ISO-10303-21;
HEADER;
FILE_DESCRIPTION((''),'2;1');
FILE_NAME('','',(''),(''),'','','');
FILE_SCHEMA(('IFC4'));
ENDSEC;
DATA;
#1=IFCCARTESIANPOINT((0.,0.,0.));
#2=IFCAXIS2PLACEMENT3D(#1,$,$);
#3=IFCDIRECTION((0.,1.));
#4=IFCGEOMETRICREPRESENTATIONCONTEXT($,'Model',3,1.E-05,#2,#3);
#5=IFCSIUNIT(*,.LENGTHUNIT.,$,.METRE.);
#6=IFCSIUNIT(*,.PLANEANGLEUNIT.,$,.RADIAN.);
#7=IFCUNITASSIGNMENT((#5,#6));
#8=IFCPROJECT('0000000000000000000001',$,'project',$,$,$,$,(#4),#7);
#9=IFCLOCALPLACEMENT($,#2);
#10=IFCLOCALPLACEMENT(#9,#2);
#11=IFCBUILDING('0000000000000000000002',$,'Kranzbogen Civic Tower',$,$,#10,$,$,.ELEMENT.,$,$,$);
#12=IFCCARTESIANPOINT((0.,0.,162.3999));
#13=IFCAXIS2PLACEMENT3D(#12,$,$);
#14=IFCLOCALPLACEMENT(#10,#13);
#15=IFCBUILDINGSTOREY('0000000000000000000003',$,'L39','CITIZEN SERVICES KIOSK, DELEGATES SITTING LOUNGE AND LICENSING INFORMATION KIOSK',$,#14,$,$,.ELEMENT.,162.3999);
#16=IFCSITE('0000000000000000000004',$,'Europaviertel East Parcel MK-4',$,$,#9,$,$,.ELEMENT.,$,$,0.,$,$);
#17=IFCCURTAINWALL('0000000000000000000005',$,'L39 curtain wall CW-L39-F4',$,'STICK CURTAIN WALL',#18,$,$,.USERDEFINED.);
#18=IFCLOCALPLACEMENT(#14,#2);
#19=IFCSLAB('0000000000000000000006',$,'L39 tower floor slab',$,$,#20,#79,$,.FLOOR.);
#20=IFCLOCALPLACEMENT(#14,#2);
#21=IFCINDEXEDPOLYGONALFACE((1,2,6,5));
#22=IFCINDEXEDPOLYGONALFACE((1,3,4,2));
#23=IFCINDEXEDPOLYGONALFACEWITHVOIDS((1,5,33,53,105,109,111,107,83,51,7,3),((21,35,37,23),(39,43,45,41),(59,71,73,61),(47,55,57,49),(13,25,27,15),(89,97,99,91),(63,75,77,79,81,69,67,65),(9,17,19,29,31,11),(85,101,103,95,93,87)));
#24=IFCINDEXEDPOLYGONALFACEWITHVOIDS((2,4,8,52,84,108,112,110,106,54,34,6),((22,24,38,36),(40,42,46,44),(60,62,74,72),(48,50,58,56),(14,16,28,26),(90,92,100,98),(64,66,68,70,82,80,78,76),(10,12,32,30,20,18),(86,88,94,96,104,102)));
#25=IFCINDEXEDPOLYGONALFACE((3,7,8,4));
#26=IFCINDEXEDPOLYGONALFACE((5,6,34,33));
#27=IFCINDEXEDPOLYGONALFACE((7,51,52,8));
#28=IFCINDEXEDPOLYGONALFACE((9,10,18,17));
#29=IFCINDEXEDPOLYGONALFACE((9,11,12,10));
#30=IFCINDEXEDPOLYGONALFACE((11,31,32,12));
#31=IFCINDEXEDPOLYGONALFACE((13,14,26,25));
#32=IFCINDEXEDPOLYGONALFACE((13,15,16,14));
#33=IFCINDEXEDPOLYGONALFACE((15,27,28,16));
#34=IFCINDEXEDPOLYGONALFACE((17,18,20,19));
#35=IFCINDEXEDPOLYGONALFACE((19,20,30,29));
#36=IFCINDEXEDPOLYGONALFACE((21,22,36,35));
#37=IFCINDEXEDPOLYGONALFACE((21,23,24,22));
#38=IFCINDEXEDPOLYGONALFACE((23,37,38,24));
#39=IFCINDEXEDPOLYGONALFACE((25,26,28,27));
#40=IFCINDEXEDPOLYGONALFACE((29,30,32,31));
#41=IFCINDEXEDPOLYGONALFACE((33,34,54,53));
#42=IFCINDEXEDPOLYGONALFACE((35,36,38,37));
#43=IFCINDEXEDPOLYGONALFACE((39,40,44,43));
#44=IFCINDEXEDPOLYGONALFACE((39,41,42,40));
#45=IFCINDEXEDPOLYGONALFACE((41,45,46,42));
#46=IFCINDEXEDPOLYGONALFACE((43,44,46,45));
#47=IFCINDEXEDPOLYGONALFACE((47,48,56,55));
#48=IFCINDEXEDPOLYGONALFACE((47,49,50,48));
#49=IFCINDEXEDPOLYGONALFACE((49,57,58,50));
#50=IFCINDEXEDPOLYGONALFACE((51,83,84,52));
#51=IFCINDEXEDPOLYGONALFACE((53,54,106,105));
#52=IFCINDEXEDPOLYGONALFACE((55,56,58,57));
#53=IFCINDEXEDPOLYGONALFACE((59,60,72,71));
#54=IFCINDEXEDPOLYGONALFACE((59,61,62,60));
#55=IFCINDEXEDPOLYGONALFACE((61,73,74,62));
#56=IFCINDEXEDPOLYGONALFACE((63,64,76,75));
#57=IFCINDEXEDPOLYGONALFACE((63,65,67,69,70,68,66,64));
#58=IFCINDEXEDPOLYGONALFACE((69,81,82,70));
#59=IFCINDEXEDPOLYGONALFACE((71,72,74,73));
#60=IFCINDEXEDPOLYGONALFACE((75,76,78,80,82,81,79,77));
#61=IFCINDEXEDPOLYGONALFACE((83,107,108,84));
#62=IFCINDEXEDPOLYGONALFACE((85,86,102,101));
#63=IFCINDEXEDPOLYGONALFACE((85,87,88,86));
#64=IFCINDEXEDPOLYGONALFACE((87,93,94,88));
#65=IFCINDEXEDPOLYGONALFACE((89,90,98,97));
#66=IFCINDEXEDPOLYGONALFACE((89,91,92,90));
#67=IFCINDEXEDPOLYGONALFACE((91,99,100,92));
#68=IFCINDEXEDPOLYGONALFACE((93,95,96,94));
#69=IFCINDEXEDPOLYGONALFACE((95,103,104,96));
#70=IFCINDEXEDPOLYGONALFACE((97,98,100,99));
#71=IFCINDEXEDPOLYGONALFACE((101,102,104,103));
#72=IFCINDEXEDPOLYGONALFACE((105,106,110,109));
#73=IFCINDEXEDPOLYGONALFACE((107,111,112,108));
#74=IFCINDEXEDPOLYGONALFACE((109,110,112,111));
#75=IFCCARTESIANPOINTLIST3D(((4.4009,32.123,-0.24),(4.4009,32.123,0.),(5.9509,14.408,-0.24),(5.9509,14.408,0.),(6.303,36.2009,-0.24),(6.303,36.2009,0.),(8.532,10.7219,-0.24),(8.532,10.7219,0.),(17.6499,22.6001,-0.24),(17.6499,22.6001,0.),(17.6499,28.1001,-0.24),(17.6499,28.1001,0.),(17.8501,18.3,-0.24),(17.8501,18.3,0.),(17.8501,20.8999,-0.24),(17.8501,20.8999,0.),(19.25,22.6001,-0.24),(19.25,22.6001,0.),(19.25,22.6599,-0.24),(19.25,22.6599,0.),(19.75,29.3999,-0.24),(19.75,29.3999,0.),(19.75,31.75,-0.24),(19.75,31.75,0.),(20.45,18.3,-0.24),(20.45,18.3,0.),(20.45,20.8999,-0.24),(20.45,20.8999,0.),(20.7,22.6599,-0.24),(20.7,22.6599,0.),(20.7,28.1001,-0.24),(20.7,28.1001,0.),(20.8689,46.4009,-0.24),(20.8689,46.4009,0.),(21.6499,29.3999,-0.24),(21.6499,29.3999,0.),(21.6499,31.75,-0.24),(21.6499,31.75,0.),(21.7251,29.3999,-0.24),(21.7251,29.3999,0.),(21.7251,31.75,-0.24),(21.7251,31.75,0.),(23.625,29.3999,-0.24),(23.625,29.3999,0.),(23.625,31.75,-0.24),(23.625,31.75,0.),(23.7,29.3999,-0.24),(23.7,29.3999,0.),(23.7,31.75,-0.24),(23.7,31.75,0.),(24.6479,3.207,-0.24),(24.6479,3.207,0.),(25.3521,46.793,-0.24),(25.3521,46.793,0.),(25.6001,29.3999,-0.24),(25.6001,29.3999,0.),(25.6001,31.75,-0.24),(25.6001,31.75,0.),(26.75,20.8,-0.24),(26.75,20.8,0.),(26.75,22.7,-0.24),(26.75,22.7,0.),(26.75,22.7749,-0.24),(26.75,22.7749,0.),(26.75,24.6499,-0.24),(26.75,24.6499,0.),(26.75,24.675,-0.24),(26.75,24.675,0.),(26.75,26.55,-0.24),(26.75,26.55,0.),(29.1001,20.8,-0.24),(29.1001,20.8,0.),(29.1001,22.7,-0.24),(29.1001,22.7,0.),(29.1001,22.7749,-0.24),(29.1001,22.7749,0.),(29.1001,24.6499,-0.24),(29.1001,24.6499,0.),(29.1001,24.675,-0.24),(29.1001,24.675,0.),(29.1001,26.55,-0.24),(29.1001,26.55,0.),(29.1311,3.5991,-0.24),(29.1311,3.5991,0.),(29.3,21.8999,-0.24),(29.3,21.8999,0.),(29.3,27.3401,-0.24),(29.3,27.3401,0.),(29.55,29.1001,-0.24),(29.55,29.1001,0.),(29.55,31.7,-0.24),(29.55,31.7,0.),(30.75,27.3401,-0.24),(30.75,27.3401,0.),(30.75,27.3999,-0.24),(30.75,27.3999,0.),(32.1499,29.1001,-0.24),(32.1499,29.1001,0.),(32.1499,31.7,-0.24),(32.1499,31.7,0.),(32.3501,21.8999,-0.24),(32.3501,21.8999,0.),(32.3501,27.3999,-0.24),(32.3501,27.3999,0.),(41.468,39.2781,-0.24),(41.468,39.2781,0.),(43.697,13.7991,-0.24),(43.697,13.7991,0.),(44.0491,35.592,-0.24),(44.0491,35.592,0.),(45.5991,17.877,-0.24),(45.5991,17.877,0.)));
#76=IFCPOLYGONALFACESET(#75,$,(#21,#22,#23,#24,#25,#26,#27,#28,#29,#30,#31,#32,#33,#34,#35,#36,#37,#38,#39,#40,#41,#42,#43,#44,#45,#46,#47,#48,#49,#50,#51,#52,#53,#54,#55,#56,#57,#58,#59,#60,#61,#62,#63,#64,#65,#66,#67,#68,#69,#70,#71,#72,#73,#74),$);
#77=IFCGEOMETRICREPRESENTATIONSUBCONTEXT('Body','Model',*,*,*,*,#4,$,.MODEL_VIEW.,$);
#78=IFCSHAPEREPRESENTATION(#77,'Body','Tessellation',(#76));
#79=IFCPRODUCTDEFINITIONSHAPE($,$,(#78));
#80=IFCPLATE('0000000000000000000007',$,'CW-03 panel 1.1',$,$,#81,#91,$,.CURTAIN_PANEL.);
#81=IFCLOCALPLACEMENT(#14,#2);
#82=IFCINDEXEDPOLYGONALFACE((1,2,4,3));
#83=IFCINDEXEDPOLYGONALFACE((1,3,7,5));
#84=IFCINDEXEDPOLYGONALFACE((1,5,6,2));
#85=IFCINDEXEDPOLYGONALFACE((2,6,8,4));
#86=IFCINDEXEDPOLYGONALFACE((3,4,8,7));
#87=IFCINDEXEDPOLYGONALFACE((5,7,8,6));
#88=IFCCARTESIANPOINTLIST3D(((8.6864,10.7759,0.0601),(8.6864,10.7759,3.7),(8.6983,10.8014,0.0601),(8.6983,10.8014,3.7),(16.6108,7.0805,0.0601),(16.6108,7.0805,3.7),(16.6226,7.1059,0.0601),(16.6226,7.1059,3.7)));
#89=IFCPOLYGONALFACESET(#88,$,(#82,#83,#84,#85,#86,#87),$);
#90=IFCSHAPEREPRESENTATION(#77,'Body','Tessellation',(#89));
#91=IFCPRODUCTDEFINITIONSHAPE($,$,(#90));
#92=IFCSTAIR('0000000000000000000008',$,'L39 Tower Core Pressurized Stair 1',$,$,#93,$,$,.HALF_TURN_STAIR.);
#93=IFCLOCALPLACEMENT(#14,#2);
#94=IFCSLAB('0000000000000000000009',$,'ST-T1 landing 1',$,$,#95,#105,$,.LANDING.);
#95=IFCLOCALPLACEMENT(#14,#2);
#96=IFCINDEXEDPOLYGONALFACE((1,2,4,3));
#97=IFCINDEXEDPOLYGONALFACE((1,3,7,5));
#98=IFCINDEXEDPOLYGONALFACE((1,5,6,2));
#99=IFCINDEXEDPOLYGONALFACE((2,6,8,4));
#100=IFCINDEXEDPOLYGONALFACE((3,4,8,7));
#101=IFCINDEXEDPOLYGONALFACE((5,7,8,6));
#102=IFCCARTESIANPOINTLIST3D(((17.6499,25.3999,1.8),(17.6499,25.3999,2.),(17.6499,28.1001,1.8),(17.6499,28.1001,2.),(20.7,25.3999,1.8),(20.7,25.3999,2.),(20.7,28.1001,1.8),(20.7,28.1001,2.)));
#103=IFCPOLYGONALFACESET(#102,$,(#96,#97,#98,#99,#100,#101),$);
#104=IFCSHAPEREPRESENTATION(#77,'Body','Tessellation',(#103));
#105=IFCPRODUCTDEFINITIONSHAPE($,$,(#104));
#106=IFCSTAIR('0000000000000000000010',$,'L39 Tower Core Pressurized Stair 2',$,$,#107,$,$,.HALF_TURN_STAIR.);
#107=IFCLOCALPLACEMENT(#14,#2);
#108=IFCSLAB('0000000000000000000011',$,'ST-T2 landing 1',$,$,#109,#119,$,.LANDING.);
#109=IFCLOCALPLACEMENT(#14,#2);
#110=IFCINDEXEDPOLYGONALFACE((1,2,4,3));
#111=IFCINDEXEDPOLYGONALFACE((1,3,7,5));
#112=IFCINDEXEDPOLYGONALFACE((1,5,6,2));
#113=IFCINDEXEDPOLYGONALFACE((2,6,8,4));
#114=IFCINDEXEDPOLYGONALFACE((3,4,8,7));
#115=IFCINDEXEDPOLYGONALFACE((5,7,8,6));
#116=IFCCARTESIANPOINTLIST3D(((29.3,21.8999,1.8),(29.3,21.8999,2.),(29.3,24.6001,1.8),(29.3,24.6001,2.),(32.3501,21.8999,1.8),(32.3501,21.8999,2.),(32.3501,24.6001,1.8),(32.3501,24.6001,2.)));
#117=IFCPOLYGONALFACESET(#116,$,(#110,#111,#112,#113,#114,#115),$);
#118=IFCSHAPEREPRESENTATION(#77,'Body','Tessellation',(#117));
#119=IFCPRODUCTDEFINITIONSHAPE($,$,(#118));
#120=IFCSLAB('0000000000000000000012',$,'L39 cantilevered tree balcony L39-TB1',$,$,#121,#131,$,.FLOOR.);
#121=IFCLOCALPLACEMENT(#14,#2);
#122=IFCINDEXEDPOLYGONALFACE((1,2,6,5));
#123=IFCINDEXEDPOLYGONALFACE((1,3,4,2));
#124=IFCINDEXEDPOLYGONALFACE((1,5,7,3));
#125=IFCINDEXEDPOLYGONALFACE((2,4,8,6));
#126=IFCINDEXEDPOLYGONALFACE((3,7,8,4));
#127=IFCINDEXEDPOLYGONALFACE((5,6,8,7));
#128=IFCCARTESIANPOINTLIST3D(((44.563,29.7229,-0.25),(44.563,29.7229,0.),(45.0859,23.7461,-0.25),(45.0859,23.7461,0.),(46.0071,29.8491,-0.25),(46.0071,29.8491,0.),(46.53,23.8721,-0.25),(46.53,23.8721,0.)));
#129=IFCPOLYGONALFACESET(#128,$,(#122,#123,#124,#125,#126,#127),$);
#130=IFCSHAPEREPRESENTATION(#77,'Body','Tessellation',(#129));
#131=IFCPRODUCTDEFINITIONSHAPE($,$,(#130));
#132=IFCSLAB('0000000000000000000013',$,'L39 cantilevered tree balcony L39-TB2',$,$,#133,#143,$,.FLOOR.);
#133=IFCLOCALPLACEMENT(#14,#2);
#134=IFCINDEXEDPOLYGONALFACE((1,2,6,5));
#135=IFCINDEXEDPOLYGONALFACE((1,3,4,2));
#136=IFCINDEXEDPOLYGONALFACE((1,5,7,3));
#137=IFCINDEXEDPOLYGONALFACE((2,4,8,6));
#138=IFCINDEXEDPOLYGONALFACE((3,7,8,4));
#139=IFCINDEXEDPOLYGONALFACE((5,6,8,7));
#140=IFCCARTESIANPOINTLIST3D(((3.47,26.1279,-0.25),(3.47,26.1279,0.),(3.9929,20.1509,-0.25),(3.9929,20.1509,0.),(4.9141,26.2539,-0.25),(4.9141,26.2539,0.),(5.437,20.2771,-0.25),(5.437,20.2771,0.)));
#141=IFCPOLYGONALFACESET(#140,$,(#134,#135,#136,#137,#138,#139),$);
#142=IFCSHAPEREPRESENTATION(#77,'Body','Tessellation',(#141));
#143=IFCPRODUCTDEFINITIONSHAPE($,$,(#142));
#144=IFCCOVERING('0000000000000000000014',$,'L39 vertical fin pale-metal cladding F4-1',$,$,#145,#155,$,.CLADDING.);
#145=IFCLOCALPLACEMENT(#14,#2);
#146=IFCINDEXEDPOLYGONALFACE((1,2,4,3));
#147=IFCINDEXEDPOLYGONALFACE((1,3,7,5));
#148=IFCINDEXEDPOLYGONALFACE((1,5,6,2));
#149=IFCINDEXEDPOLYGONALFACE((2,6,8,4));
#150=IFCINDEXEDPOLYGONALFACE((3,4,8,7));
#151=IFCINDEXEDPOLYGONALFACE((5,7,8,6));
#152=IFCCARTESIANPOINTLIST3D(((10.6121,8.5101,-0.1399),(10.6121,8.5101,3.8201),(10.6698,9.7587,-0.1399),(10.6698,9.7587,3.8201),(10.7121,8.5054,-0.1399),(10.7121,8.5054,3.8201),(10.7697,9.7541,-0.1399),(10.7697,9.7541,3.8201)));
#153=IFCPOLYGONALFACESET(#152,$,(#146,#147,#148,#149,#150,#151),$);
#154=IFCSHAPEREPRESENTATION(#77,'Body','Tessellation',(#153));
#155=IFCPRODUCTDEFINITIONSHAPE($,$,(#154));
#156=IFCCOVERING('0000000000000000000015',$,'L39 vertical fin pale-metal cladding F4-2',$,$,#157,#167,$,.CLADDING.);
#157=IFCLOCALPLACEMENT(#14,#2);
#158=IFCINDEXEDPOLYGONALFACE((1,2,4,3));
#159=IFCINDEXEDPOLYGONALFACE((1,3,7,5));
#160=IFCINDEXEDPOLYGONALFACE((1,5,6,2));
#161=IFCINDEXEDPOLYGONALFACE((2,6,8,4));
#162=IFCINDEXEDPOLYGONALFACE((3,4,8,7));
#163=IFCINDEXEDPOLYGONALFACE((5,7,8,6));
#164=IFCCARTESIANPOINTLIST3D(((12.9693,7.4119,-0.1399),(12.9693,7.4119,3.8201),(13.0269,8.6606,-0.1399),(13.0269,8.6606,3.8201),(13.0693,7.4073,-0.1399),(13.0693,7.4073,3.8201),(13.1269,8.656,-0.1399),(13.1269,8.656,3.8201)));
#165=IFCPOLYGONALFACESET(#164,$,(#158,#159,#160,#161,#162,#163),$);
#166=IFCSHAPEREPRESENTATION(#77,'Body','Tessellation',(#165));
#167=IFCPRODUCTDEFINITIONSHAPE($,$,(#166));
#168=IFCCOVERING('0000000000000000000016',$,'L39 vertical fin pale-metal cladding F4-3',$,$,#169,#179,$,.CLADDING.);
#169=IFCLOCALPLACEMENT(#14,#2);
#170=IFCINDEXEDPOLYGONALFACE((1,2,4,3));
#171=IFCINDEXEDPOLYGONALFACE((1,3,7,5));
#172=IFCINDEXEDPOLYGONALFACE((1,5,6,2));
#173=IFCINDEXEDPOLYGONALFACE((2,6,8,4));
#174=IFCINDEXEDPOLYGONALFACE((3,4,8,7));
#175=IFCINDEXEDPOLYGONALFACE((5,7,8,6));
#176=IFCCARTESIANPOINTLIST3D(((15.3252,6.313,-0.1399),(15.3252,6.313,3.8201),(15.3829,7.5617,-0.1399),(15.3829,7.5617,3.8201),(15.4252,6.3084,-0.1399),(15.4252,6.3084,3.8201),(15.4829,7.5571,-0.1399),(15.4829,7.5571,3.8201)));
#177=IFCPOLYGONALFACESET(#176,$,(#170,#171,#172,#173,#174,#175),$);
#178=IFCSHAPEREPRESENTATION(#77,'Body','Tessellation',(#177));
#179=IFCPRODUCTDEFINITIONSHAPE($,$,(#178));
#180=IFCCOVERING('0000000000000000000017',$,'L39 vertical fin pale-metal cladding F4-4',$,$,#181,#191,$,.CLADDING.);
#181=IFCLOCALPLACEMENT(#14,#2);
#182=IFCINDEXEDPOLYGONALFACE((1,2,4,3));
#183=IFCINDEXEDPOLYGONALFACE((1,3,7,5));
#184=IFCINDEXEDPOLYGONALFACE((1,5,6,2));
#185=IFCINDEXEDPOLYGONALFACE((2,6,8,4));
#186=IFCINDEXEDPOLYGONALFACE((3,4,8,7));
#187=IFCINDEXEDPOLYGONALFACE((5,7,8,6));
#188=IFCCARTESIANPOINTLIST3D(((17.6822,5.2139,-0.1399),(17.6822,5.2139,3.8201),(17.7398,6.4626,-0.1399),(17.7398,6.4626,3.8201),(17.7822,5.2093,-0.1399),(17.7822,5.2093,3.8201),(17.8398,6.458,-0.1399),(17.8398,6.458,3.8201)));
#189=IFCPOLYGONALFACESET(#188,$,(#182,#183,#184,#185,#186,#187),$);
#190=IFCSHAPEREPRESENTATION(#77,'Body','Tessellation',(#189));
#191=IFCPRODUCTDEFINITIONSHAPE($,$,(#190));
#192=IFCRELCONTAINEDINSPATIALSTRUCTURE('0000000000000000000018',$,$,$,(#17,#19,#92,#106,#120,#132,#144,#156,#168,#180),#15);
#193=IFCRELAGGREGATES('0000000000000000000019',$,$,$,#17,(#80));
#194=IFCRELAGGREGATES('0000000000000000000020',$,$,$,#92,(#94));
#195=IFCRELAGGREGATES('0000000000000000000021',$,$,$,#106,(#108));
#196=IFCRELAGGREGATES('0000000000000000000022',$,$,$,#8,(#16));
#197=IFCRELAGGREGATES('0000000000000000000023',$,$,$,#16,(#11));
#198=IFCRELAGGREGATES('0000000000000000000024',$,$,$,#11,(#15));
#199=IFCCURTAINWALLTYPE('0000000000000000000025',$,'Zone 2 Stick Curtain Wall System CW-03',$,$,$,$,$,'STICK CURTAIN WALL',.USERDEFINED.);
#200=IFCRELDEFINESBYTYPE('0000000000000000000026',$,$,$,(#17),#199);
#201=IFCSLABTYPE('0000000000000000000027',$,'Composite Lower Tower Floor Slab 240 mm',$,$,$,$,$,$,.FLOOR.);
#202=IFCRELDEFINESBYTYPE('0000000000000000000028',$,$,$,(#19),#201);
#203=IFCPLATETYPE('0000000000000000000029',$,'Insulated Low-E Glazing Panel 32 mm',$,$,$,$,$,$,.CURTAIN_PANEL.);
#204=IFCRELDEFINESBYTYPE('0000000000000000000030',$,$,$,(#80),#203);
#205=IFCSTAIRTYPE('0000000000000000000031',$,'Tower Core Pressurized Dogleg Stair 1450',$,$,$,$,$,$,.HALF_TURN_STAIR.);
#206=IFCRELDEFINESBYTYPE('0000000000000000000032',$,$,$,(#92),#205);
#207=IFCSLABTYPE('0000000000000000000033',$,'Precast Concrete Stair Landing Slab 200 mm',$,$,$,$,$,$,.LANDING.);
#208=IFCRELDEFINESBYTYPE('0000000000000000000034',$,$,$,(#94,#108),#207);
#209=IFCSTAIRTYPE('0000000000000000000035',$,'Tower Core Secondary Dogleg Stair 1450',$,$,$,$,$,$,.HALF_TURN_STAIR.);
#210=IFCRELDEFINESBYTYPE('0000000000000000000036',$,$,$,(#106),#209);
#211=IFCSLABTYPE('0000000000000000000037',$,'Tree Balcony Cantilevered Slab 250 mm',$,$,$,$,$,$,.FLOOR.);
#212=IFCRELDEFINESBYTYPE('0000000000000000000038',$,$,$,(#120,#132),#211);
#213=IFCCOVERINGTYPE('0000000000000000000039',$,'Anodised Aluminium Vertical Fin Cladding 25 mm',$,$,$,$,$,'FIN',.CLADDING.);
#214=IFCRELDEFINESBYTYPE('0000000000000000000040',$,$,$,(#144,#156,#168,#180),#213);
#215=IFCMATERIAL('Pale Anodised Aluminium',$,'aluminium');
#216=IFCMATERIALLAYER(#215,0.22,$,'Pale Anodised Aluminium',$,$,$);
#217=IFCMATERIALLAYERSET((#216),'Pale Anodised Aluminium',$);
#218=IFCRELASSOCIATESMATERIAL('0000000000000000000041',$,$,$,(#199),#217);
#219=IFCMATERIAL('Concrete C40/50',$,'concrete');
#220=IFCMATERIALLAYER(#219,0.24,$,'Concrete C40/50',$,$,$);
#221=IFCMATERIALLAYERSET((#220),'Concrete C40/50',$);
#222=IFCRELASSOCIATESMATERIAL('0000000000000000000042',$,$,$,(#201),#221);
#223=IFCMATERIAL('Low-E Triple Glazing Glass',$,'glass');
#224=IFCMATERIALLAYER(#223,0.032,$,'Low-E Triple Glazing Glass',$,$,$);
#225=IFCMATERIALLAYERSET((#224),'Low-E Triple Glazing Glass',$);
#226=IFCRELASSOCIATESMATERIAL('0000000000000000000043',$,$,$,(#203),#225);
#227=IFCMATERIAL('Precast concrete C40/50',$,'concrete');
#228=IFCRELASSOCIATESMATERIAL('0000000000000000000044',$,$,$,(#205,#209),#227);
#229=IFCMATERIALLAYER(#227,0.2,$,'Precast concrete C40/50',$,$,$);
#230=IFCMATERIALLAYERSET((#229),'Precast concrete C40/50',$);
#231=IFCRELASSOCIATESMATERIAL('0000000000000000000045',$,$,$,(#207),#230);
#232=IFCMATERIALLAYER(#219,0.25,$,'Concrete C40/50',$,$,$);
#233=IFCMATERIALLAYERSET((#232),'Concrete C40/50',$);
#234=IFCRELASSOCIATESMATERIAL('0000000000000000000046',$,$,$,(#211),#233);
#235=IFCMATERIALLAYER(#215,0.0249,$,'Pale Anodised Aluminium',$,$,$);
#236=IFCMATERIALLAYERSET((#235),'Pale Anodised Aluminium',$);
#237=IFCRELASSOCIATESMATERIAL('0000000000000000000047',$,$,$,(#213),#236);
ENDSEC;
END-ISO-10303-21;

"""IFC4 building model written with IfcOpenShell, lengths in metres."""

from ifc_helpers import new_model, si_unit, direction, frame, origin, origin_2d, place, context, subcontext, project, spatial, polyline, rectangle, outline, extrude, material, layer, layer_set, type_object, element, aggregate, save


model = new_model("IFC4")

# Units and contexts
model_context = context("Model", 3, precision=1e-05, world=origin(), true_north=direction((0.0, 1.0)))
body_context = subcontext(model_context, "Body", "Model", "MODEL_VIEW")
ifc_project = project(units=[si_unit("LENGTHUNIT", "METRE"), si_unit("PLANEANGLEUNIT", "RADIAN")], contexts=[model_context])

# Site, building, storey
site_placement = place(None, origin())
site = spatial("IfcSite", under=ifc_project, at=site_placement, Name="Europaviertel East Parcel MK-4", CompositionType="ELEMENT", RefElevation=0.0)
building_placement = place(site_placement, origin())
building = spatial("IfcBuilding", under=site, at=building_placement, Name="Kranzbogen Civic Tower", CompositionType="ELEMENT")
storey_placement = place(building_placement, frame((0.0, 0.0, 162.3999)))
storey = spatial("IfcBuildingStorey", under=building, at=storey_placement, Name="L39", Description="CITIZEN SERVICES KIOSK, DELEGATES SITTING LOUNGE AND LICENSING INFORMATION KIOSK", CompositionType="ELEMENT", Elevation=162.3999)

# Curtain wall
ifc_material_1 = material(Name="Pale Anodised Aluminium", Category="aluminium")
ifc_layer_1 = layer(ifc_material_1, 0.22, Name="Pale Anodised Aluminium")
ifc_layer_set_1 = layer_set([ifc_layer_1], Name="Pale Anodised Aluminium")
curtain_wall_type = type_object("IfcCurtainWallType", Name="Zone 2 Stick Curtain Wall System CW-03", ElementType="STICK CURTAIN WALL", PredefinedType="USERDEFINED", material=ifc_layer_set_1)
curtain_wall_placement = place(storey_placement, origin())
curtain_wall = element("IfcCurtainWall", 1, at=curtain_wall_placement, inside=storey, type_object=curtain_wall_type, Name="L39 curtain wall CW-L39-F4", ObjectType="STICK CURTAIN WALL", PredefinedType="USERDEFINED")

# Slab
ifc_material_2 = material(Name="Concrete C40/50", Category="concrete")
ifc_layer_2 = layer(ifc_material_2, 0.24, Name="Concrete C40/50")
ifc_layer_set_2 = layer_set([ifc_layer_2], Name="Concrete C40/50")
slab_type_1 = type_object("IfcSlabType", Name="Composite Lower Tower Floor Slab 240 mm", PredefinedType="FLOOR", material=ifc_layer_set_2)
slab_1_placement = place(storey_placement, frame((0.0, 0.0, -0.24)))
element("IfcSlab", 2, at=slab_1_placement, inside=storey, type_object=slab_type_1, Name="L39 tower floor slab", PredefinedType="FLOOR", context=body_context, shape_type="SweptSolid", body=[
    extrude(outline(polyline([(41.468, 39.2781), (25.3521, 46.793), (20.8689, 46.4009), (6.303, 36.2009), (4.4009, 32.123), (5.9509, 14.408), (8.532, 10.7219), (24.6479, 3.207), (29.1311, 3.5991), (43.697, 13.7991), (45.5991, 17.877), (44.0491, 35.592), (41.468, 39.2781)]), holes=[polyline([(20.45, 20.8999), (20.45, 18.3), (17.8501, 18.3), (17.8501, 20.8999), (20.45, 20.8999)]), polyline([(29.1001, 22.7), (29.1001, 20.8), (26.75, 20.8), (26.75, 22.7), (29.1001, 22.7)]), polyline([(29.1001, 24.6499), (29.1001, 22.7749), (26.75, 22.7749), (26.75, 24.6499), (26.75, 24.675), (26.75, 26.55), (29.1001, 26.55), (29.1001, 24.675), (29.1001, 24.6499)]), polyline([(30.75, 27.3401), (30.75, 27.3999), (32.3501, 27.3999), (32.3501, 21.8999), (29.3, 21.8999), (29.3, 27.3401), (30.75, 27.3401)]), polyline([(19.25, 22.6599), (19.25, 22.6001), (17.6499, 22.6001), (17.6499, 28.1001), (20.7, 28.1001), (20.7, 22.6599), (19.25, 22.6599)]), polyline([(32.1499, 31.7), (32.1499, 29.1001), (29.55, 29.1001), (29.55, 31.7), (32.1499, 31.7)]), polyline([(21.6499, 31.75), (21.6499, 29.3999), (19.75, 29.3999), (19.75, 31.75), (21.6499, 31.75)]), polyline([(23.625, 29.3999), (21.7251, 29.3999), (21.7251, 31.75), (23.625, 31.75), (23.625, 29.3999)]), polyline([(25.6001, 29.3999), (23.7, 29.3999), (23.7, 31.75), (25.6001, 31.75), (25.6001, 29.3999)])]), origin(), (0.0, 0.0, 1.0), 0.24),
])

# Plate
ifc_material_3 = material(Name="Low-E Triple Glazing Glass", Category="glass")
ifc_layer_3 = layer(ifc_material_3, 0.032, Name="Low-E Triple Glazing Glass")
ifc_layer_set_3 = layer_set([ifc_layer_3], Name="Low-E Triple Glazing Glass")
plate_type = type_object("IfcPlateType", Name="Insulated Low-E Glazing Panel 32 mm", PredefinedType="CURTAIN_PANEL", material=ifc_layer_set_3)
plate_placement = place(storey_placement, frame((12.6545, 8.9409, 0.0601), z_axis=(0.0, 0.0, 1.0), x_axis=(0.906297, -0.422641, 0.0)))
plate = element("IfcPlate", 3, at=plate_placement, type_object=plate_type, Name="CW-03 panel 1.1", PredefinedType="CURTAIN_PANEL", context=body_context, shape_type="SweptSolid", body=[
    extrude(rectangle(XDim=8.7437, YDim=0.0281, at=origin_2d()), origin(), (0.0, 0.0, 1.0), 3.6399),
])
aggregate(curtain_wall, [plate])

# Stairs, slabs
ifc_material_4 = material(Name="Precast concrete C40/50", Category="concrete")
stair_type_1 = type_object("IfcStairType", Name="Tower Core Pressurized Dogleg Stair 1450", PredefinedType="HALF_TURN_STAIR", material=ifc_material_4)
stair_1_placement = place(storey_placement, origin())
stair_1 = element("IfcStair", 4, at=stair_1_placement, inside=storey, type_object=stair_type_1, Name="L39 Tower Core Pressurized Stair 1", PredefinedType="HALF_TURN_STAIR")
ifc_layer_4 = layer(ifc_material_4, 0.2, Name="Precast concrete C40/50")
ifc_layer_set_4 = layer_set([ifc_layer_4], Name="Precast concrete C40/50")
slab_type_2 = type_object("IfcSlabType", Name="Precast Concrete Stair Landing Slab 200 mm", PredefinedType="LANDING", material=ifc_layer_set_4)
slab_2_placement = place(storey_placement, frame((0.0, 0.0, 1.8)))
slab_2 = element("IfcSlab", 5, at=slab_2_placement, type_object=slab_type_2, Name="ST-T1 landing 1", PredefinedType="LANDING", context=body_context, shape_type="SweptSolid", body=[
    extrude(outline(polyline([(20.7, 25.3999), (20.7, 28.1001), (17.6499, 28.1001), (17.6499, 25.3999), (20.7, 25.3999)])), origin(), (0.0, 0.0, 1.0), 0.2),
])
aggregate(stair_1, [slab_2])
stair_type_2 = type_object("IfcStairType", Name="Tower Core Secondary Dogleg Stair 1450", PredefinedType="HALF_TURN_STAIR", material=ifc_material_4)
stair_2_placement = place(storey_placement, origin())
stair_2 = element("IfcStair", 6, at=stair_2_placement, inside=storey, type_object=stair_type_2, Name="L39 Tower Core Pressurized Stair 2", PredefinedType="HALF_TURN_STAIR")
slab_3_placement = place(storey_placement, frame((0.0, 0.0, 1.8)))
slab_3 = element("IfcSlab", 7, at=slab_3_placement, type_object=slab_type_2, Name="ST-T2 landing 1", PredefinedType="LANDING", context=body_context, shape_type="SweptSolid", body=[
    extrude(outline(polyline([(29.3, 24.6001), (29.3, 21.8999), (32.3501, 21.8999), (32.3501, 24.6001), (29.3, 24.6001)])), origin(), (0.0, 0.0, 1.0), 0.2),
])
aggregate(stair_2, [slab_3])

# Slabs
ifc_layer_5 = layer(ifc_material_2, 0.25, Name="Concrete C40/50")
ifc_layer_set_5 = layer_set([ifc_layer_5], Name="Concrete C40/50")
slab_type_3 = type_object("IfcSlabType", Name="Tree Balcony Cantilevered Slab 250 mm", PredefinedType="FLOOR", material=ifc_layer_set_5)
slab_4_placement = place(storey_placement, frame((0.0, 0.0, -0.25)))
element("IfcSlab", 8, at=slab_4_placement, inside=storey, type_object=slab_type_3, Name="L39 cantilevered tree balcony L39-TB1", PredefinedType="FLOOR", context=body_context, shape_type="SweptSolid", body=[
    extrude(outline(polyline([(45.0859, 23.7461), (44.563, 29.7229), (46.0071, 29.8491), (46.53, 23.8721), (45.0859, 23.7461)])), origin(), (0.0, 0.0, 1.0), 0.25),
])
slab_5_placement = place(storey_placement, frame((0.0, 0.0, -0.25)))
element("IfcSlab", 9, at=slab_5_placement, inside=storey, type_object=slab_type_3, Name="L39 cantilevered tree balcony L39-TB2", PredefinedType="FLOOR", context=body_context, shape_type="SweptSolid", body=[
    extrude(outline(polyline([(4.9141, 26.2539), (5.437, 20.2771), (3.9929, 20.1509), (3.47, 26.1279), (4.9141, 26.2539)])), origin(), (0.0, 0.0, 1.0), 0.25),
])

# Coverings
ifc_layer_6 = layer(ifc_material_1, 0.0249, Name="Pale Anodised Aluminium")
ifc_layer_set_6 = layer_set([ifc_layer_6], Name="Pale Anodised Aluminium")
covering_type_1 = type_object("IfcCoveringType", Name="Anodised Aluminium Vertical Fin Cladding 25 mm", ElementType="FIN", PredefinedType="CLADDING", material=ifc_layer_set_6)
for number, where, z_axis, x_axis, name in (
    (10, (10.6909, 9.1321, -0.1399), (0.0, 0.0, 1.0), (-0.04613, -0.998935, 0.0), "L39 vertical fin pale-metal cladding F4-1"),
    (11, (13.0481, 8.0339, -0.1399), (0.0, 0.0, 1.0), (-0.04613, -0.998935, 0.0), "L39 vertical fin pale-metal cladding F4-2"),
    (12, (15.4041, 6.9351, -0.1399), (0.0, 0.0, 1.0), (-0.04613, -0.998935, 0.0), "L39 vertical fin pale-metal cladding F4-3"),
    (13, (17.761, 5.8359, -0.1399), (0.0, 0.0, 1.0), (-0.04613, -0.998935, 0.0), "L39 vertical fin pale-metal cladding F4-4"),
):
    element("IfcCovering", number, at=place(storey_placement, frame(where, z_axis=z_axis, x_axis=x_axis)), inside=storey, type_object=covering_type_1, Name=name, PredefinedType="CLADDING", context=body_context, shape_type="SweptSolid", body=[
        extrude(rectangle(XDim=1.25, YDim=0.1001, at=origin_2d()), origin(), (0.0, 0.0, 1.0), 3.96),
    ])

save(model, "model.ifc")
